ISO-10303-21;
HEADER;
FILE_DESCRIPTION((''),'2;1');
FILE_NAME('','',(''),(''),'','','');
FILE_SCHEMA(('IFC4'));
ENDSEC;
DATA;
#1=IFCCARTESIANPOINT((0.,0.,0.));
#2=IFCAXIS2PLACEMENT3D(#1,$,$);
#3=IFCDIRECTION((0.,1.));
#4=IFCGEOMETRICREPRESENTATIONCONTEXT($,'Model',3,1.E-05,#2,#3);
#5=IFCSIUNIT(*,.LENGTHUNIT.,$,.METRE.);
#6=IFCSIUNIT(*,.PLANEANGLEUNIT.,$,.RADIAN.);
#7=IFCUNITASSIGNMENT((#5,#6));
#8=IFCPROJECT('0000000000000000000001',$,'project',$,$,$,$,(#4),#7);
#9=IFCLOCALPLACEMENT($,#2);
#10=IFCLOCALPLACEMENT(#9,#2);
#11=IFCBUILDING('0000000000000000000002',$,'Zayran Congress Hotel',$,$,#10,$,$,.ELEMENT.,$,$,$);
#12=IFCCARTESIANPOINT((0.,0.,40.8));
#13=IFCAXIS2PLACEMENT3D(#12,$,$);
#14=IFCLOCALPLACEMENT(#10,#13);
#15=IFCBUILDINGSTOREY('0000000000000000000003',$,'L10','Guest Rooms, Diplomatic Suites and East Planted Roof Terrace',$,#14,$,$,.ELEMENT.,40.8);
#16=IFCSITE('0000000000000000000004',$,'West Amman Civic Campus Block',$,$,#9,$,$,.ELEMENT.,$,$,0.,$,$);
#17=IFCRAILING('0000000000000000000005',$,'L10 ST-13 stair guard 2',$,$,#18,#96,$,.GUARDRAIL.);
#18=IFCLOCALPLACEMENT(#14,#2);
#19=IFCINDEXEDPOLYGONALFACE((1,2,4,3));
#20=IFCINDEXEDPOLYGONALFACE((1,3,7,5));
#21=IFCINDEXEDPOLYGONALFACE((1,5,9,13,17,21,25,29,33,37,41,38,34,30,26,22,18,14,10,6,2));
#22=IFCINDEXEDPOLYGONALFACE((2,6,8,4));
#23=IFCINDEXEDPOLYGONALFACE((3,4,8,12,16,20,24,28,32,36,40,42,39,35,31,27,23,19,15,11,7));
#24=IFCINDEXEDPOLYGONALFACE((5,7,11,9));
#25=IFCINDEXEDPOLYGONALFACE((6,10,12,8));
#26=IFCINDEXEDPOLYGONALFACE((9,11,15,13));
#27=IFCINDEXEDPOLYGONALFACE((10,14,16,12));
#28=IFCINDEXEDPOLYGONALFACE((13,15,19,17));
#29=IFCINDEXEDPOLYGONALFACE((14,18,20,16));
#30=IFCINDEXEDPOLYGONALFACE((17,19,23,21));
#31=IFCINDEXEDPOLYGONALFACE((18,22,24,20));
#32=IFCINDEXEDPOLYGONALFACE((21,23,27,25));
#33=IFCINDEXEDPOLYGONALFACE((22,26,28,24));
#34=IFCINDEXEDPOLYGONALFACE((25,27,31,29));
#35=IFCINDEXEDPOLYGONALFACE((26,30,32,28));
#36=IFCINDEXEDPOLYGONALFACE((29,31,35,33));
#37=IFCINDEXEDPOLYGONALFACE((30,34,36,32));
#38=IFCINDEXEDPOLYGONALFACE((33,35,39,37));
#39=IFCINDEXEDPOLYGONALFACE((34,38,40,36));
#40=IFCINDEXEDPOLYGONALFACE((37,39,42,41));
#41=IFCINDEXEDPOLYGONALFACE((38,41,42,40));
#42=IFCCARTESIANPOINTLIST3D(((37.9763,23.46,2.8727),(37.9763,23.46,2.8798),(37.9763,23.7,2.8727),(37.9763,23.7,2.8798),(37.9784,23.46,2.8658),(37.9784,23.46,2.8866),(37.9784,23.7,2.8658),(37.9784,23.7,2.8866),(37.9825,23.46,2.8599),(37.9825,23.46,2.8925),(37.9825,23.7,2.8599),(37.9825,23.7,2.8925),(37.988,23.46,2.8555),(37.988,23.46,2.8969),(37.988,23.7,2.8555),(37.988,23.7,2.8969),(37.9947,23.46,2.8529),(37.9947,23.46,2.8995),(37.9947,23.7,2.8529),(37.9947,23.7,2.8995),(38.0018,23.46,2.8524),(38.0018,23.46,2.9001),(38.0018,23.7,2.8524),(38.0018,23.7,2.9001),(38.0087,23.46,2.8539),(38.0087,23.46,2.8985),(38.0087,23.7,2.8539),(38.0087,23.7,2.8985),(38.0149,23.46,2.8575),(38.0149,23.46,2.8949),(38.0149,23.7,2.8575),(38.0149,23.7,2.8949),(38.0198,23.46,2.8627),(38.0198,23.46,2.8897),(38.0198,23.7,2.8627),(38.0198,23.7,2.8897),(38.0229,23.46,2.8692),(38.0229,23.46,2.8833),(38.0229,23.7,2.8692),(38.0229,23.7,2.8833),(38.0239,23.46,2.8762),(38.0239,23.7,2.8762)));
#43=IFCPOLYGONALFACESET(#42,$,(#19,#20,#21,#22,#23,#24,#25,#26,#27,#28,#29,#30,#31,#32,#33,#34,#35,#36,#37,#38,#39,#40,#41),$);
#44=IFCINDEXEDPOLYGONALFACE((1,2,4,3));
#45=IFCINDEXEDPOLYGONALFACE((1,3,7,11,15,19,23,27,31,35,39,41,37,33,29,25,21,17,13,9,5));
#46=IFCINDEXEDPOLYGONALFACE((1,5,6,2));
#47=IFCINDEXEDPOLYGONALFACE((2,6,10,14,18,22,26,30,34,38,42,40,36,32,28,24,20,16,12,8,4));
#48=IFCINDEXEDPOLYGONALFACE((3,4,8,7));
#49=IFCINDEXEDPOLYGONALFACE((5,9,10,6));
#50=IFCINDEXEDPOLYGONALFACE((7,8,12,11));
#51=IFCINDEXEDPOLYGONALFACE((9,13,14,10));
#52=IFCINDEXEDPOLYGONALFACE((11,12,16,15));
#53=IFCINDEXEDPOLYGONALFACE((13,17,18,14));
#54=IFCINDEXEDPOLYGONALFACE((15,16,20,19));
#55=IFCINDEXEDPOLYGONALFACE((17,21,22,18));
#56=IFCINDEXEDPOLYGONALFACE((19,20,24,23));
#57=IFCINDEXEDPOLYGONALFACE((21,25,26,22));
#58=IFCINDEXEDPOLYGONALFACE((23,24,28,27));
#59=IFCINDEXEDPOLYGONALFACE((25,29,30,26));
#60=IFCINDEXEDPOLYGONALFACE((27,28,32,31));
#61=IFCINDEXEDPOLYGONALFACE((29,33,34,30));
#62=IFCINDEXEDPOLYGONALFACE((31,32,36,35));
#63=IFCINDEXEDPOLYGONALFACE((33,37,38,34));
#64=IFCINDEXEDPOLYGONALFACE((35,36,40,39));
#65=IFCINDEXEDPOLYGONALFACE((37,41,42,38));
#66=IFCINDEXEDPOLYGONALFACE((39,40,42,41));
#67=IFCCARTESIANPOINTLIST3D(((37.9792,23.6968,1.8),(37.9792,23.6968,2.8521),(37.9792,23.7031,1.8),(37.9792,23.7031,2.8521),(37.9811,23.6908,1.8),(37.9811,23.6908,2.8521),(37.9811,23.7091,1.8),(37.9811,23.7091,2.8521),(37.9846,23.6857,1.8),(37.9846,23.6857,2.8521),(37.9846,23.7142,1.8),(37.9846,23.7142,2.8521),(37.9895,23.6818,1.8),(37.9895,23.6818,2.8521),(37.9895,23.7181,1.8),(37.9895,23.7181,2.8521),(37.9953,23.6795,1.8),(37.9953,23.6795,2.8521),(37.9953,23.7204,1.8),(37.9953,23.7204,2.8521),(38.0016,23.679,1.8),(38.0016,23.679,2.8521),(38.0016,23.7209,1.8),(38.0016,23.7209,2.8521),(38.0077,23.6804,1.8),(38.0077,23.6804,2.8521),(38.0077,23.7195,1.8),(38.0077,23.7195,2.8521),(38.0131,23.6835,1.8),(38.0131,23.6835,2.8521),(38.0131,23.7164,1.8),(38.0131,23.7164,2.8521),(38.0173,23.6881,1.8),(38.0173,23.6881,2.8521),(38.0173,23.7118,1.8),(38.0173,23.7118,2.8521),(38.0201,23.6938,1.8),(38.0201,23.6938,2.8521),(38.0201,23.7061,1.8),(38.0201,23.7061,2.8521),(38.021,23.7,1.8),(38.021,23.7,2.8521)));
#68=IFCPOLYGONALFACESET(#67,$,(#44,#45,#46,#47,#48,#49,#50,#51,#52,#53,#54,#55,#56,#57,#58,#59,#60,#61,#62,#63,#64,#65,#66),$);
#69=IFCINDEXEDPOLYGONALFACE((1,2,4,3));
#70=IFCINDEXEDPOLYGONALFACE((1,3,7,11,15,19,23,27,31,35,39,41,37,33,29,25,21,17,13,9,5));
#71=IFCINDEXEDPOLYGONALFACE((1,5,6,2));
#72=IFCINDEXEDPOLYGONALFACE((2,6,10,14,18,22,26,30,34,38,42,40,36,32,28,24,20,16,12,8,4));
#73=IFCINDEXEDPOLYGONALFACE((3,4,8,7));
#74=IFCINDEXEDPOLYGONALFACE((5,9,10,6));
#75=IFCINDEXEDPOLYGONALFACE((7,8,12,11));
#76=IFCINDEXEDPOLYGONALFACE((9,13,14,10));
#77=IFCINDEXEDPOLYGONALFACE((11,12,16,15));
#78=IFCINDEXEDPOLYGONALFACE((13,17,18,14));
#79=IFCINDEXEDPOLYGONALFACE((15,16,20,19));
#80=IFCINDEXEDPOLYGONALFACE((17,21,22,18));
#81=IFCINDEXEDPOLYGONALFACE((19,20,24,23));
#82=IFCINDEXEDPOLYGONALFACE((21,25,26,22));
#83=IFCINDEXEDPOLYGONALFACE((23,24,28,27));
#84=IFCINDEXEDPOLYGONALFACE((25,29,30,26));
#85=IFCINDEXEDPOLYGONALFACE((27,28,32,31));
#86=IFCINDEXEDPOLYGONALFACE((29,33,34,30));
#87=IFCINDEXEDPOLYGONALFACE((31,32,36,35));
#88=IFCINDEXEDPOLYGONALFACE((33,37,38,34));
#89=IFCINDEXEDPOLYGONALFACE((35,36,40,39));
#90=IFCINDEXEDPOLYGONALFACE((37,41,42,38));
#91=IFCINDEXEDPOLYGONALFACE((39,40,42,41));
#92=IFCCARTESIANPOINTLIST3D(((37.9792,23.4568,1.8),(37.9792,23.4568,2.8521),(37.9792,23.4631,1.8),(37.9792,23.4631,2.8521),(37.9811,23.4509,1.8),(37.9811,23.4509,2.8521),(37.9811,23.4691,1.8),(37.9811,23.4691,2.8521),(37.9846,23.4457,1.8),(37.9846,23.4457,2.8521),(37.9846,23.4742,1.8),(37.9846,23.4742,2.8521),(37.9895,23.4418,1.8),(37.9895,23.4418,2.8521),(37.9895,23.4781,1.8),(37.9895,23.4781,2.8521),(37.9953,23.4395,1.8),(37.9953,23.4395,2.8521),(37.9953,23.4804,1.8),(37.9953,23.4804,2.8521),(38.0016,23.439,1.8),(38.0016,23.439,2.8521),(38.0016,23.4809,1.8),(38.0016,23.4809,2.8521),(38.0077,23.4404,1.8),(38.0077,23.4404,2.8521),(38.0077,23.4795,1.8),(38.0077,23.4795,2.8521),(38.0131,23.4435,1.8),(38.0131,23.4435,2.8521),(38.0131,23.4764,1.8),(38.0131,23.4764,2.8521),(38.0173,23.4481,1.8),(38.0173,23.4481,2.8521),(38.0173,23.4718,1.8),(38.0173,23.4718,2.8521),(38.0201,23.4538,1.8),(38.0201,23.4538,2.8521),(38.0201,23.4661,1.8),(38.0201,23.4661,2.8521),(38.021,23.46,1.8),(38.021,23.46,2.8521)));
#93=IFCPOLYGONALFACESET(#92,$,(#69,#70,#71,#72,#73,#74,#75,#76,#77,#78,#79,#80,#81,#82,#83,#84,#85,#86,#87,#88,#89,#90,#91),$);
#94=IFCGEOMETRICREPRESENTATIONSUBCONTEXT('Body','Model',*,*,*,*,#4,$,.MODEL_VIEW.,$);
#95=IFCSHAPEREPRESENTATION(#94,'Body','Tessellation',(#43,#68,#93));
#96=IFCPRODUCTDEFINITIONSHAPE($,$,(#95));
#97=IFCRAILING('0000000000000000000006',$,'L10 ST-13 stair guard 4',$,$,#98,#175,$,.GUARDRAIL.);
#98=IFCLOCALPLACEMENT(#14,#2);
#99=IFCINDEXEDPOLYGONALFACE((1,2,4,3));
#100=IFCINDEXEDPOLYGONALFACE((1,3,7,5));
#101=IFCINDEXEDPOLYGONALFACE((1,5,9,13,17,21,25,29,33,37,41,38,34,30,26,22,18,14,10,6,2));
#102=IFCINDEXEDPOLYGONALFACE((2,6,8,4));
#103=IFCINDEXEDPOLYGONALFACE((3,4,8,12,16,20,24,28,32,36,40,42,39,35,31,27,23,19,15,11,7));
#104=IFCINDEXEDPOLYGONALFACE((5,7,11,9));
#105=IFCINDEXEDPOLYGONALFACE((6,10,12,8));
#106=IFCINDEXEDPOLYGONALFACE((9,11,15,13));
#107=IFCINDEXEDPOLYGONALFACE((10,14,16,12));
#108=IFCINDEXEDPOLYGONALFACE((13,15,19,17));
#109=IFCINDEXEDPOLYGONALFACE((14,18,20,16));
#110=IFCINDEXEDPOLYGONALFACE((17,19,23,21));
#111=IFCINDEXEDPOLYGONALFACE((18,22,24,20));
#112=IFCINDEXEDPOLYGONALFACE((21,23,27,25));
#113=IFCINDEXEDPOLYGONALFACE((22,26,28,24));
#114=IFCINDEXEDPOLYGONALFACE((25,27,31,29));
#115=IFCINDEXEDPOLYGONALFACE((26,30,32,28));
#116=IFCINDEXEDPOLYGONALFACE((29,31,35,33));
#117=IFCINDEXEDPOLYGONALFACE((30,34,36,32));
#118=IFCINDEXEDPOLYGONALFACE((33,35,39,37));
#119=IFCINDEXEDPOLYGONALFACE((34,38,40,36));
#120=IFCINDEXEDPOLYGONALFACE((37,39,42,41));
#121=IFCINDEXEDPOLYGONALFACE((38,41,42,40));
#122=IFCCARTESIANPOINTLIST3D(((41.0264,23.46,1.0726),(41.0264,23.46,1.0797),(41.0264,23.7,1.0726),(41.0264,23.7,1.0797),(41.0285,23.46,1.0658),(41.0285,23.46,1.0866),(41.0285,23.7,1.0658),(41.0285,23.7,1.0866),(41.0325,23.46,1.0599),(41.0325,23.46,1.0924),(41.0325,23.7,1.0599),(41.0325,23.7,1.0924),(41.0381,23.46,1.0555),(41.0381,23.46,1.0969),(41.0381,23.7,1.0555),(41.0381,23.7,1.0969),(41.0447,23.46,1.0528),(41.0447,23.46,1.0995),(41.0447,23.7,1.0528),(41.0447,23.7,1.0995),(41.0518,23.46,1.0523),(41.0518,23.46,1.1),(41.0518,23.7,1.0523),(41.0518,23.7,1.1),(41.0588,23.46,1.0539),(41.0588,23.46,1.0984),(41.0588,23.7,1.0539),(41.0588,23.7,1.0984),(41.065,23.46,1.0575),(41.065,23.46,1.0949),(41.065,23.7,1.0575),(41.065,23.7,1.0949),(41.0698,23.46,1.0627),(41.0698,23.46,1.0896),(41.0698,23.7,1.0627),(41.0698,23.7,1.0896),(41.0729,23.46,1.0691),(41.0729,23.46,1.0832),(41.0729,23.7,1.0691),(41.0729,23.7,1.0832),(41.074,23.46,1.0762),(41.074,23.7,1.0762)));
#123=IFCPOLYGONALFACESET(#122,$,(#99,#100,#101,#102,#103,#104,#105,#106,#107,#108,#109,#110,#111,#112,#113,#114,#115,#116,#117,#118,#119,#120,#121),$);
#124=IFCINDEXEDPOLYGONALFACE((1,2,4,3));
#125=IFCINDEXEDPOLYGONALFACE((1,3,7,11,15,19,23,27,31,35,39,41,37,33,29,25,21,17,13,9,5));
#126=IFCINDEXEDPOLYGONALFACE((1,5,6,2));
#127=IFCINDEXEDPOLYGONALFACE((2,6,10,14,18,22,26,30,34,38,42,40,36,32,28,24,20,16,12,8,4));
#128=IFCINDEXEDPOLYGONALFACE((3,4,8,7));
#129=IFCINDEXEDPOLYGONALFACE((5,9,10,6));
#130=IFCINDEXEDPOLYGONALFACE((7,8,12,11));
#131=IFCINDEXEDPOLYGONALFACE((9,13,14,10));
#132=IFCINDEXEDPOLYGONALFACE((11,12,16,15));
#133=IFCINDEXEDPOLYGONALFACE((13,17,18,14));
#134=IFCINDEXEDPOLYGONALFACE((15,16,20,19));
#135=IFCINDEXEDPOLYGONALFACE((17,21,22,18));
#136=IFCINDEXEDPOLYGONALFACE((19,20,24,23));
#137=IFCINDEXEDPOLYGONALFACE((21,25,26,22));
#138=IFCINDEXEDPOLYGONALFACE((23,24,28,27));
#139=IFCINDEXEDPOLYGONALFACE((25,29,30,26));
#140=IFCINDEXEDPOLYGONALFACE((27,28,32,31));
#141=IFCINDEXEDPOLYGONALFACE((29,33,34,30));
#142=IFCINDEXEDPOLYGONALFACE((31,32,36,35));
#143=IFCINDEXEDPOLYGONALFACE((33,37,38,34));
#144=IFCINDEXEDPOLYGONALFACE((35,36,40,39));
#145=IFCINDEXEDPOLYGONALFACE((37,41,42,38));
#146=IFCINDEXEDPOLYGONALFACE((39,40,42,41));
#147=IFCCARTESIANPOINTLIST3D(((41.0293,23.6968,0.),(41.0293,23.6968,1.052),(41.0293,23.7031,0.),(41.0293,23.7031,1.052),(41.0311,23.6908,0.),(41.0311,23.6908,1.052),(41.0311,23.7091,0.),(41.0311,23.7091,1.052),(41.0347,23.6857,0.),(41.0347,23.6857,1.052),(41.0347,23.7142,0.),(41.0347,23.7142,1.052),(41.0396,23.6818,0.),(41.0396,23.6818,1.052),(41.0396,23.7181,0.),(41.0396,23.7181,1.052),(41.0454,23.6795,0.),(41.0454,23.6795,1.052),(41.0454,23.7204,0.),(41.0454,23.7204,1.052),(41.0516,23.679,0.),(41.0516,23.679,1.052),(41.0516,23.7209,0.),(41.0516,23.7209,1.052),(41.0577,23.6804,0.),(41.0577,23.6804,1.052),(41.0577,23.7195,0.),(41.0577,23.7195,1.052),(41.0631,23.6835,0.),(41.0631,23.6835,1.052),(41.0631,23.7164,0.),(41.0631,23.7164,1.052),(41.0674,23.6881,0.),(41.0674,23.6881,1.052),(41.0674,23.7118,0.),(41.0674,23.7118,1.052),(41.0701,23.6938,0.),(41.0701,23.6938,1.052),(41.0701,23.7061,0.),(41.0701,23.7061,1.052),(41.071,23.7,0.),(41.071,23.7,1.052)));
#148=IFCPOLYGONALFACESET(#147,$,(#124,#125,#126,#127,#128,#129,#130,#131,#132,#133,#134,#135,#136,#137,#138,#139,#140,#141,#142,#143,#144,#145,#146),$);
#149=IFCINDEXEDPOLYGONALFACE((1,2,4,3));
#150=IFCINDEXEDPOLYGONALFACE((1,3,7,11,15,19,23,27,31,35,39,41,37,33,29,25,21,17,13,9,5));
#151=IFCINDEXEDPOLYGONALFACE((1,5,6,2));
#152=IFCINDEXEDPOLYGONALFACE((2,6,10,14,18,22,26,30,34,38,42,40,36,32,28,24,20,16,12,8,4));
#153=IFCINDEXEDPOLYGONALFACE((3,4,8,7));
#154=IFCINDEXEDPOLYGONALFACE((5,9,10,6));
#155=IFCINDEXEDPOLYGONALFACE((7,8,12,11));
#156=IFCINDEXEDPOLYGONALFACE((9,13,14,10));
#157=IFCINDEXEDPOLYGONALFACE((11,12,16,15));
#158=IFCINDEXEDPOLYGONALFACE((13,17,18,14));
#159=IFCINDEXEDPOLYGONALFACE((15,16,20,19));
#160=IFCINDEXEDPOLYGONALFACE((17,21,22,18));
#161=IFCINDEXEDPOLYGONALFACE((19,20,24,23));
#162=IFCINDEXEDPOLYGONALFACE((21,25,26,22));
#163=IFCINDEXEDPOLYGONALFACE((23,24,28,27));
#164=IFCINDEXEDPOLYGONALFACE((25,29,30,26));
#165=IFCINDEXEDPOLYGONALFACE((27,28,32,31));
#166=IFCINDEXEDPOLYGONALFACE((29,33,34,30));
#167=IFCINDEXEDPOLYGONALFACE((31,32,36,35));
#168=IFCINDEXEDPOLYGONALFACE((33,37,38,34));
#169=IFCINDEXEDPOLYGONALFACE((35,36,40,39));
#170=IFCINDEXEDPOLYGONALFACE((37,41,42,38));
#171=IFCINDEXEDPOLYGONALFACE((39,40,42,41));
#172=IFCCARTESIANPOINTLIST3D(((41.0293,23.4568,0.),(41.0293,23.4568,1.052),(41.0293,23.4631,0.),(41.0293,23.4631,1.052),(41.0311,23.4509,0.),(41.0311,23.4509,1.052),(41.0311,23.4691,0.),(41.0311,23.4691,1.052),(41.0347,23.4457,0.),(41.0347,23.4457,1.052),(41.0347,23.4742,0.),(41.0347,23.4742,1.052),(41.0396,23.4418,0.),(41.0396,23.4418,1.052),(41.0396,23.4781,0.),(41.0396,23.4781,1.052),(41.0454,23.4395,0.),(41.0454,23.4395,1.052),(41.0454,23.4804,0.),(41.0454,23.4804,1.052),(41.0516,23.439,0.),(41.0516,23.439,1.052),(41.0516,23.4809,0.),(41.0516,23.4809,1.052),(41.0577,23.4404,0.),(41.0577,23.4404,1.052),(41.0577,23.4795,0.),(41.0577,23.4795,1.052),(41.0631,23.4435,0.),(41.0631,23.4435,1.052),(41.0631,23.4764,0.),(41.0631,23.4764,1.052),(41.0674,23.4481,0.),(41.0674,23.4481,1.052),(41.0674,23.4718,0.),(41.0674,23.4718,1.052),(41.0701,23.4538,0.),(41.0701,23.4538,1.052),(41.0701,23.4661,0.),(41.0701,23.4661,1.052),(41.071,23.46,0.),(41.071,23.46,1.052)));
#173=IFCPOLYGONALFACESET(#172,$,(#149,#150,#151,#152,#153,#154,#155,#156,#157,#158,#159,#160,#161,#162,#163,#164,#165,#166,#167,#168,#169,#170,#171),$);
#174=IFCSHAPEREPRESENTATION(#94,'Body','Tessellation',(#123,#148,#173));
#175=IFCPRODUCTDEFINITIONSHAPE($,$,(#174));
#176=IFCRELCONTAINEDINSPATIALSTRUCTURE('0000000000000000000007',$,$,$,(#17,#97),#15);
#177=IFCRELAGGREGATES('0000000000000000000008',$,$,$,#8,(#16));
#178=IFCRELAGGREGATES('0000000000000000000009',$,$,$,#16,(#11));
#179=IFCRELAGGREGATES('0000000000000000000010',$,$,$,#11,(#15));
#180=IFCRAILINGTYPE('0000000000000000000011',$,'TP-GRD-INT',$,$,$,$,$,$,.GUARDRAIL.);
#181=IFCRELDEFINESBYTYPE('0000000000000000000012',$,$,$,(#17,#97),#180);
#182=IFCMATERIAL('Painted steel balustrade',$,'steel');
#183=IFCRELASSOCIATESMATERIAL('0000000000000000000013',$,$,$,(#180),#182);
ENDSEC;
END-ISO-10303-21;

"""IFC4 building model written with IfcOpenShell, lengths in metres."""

from ifc_helpers import new_model, si_unit, direction, frame, origin, origin_2d, place, context, subcontext, project, spatial, circle, extrude, material, type_object, element, save


model = new_model("IFC4")

# Units and contexts
model_context = context("Model", 3, precision=1e-05, world=origin(), true_north=direction((0.0, 1.0)))
body_context = subcontext(model_context, "Body", "Model", "MODEL_VIEW")
ifc_project = project(units=[si_unit("LENGTHUNIT", "METRE"), si_unit("PLANEANGLEUNIT", "RADIAN")], contexts=[model_context])

# Site, building, storey
site_placement = place(None, origin())
site = spatial("IfcSite", under=ifc_project, at=site_placement, Name="West Amman Civic Campus Block", CompositionType="ELEMENT", RefElevation=0.0)
building_placement = place(site_placement, origin())
building = spatial("IfcBuilding", under=site, at=building_placement, Name="Zayran Congress Hotel", CompositionType="ELEMENT")
storey_placement = place(building_placement, frame((0.0, 0.0, 40.8)))
storey = spatial("IfcBuildingStorey", under=building, at=storey_placement, Name="L10", Description="Guest Rooms, Diplomatic Suites and East Planted Roof Terrace", CompositionType="ELEMENT", Elevation=40.8)

# Railings
ifc_material_1 = material(Name="Painted steel balustrade", Category="steel")
railing_type_1 = type_object("IfcRailingType", Name="TP-GRD-INT", PredefinedType="GUARDRAIL", material=ifc_material_1)
for number, where, name in (
    (1, (38.0, 23.7, 1.8), "L10 ST-13 stair guard 2"),
    (2, (41.05, 23.7, 0.0), "L10 ST-13 stair guard 4"),
):
    element("IfcRailing", number, at=place(storey_placement, frame(where)), inside=storey, type_object=railing_type_1, Name=name, PredefinedType="GUARDRAIL", context=body_context, shape_type="SweptSolid", body=[
        extrude(circle(Radius=0.0239, at=origin_2d()), frame((0.0, 0.0, 1.0762), z_axis=(0.0, -1.0, 0.0), x_axis=(1.0, 0.0, 0.0)), (0.0, 0.0, 1.0), 0.24),
        extrude(circle(Radius=0.021, at=origin_2d()), origin(), (0.0, 0.0, 1.0), 1.052),
        extrude(circle(Radius=0.021, at=origin_2d()), frame((0.0, -0.24, 0.0)), (0.0, 0.0, 1.0), 1.052),
    ])

save(model, "model.ifc")
